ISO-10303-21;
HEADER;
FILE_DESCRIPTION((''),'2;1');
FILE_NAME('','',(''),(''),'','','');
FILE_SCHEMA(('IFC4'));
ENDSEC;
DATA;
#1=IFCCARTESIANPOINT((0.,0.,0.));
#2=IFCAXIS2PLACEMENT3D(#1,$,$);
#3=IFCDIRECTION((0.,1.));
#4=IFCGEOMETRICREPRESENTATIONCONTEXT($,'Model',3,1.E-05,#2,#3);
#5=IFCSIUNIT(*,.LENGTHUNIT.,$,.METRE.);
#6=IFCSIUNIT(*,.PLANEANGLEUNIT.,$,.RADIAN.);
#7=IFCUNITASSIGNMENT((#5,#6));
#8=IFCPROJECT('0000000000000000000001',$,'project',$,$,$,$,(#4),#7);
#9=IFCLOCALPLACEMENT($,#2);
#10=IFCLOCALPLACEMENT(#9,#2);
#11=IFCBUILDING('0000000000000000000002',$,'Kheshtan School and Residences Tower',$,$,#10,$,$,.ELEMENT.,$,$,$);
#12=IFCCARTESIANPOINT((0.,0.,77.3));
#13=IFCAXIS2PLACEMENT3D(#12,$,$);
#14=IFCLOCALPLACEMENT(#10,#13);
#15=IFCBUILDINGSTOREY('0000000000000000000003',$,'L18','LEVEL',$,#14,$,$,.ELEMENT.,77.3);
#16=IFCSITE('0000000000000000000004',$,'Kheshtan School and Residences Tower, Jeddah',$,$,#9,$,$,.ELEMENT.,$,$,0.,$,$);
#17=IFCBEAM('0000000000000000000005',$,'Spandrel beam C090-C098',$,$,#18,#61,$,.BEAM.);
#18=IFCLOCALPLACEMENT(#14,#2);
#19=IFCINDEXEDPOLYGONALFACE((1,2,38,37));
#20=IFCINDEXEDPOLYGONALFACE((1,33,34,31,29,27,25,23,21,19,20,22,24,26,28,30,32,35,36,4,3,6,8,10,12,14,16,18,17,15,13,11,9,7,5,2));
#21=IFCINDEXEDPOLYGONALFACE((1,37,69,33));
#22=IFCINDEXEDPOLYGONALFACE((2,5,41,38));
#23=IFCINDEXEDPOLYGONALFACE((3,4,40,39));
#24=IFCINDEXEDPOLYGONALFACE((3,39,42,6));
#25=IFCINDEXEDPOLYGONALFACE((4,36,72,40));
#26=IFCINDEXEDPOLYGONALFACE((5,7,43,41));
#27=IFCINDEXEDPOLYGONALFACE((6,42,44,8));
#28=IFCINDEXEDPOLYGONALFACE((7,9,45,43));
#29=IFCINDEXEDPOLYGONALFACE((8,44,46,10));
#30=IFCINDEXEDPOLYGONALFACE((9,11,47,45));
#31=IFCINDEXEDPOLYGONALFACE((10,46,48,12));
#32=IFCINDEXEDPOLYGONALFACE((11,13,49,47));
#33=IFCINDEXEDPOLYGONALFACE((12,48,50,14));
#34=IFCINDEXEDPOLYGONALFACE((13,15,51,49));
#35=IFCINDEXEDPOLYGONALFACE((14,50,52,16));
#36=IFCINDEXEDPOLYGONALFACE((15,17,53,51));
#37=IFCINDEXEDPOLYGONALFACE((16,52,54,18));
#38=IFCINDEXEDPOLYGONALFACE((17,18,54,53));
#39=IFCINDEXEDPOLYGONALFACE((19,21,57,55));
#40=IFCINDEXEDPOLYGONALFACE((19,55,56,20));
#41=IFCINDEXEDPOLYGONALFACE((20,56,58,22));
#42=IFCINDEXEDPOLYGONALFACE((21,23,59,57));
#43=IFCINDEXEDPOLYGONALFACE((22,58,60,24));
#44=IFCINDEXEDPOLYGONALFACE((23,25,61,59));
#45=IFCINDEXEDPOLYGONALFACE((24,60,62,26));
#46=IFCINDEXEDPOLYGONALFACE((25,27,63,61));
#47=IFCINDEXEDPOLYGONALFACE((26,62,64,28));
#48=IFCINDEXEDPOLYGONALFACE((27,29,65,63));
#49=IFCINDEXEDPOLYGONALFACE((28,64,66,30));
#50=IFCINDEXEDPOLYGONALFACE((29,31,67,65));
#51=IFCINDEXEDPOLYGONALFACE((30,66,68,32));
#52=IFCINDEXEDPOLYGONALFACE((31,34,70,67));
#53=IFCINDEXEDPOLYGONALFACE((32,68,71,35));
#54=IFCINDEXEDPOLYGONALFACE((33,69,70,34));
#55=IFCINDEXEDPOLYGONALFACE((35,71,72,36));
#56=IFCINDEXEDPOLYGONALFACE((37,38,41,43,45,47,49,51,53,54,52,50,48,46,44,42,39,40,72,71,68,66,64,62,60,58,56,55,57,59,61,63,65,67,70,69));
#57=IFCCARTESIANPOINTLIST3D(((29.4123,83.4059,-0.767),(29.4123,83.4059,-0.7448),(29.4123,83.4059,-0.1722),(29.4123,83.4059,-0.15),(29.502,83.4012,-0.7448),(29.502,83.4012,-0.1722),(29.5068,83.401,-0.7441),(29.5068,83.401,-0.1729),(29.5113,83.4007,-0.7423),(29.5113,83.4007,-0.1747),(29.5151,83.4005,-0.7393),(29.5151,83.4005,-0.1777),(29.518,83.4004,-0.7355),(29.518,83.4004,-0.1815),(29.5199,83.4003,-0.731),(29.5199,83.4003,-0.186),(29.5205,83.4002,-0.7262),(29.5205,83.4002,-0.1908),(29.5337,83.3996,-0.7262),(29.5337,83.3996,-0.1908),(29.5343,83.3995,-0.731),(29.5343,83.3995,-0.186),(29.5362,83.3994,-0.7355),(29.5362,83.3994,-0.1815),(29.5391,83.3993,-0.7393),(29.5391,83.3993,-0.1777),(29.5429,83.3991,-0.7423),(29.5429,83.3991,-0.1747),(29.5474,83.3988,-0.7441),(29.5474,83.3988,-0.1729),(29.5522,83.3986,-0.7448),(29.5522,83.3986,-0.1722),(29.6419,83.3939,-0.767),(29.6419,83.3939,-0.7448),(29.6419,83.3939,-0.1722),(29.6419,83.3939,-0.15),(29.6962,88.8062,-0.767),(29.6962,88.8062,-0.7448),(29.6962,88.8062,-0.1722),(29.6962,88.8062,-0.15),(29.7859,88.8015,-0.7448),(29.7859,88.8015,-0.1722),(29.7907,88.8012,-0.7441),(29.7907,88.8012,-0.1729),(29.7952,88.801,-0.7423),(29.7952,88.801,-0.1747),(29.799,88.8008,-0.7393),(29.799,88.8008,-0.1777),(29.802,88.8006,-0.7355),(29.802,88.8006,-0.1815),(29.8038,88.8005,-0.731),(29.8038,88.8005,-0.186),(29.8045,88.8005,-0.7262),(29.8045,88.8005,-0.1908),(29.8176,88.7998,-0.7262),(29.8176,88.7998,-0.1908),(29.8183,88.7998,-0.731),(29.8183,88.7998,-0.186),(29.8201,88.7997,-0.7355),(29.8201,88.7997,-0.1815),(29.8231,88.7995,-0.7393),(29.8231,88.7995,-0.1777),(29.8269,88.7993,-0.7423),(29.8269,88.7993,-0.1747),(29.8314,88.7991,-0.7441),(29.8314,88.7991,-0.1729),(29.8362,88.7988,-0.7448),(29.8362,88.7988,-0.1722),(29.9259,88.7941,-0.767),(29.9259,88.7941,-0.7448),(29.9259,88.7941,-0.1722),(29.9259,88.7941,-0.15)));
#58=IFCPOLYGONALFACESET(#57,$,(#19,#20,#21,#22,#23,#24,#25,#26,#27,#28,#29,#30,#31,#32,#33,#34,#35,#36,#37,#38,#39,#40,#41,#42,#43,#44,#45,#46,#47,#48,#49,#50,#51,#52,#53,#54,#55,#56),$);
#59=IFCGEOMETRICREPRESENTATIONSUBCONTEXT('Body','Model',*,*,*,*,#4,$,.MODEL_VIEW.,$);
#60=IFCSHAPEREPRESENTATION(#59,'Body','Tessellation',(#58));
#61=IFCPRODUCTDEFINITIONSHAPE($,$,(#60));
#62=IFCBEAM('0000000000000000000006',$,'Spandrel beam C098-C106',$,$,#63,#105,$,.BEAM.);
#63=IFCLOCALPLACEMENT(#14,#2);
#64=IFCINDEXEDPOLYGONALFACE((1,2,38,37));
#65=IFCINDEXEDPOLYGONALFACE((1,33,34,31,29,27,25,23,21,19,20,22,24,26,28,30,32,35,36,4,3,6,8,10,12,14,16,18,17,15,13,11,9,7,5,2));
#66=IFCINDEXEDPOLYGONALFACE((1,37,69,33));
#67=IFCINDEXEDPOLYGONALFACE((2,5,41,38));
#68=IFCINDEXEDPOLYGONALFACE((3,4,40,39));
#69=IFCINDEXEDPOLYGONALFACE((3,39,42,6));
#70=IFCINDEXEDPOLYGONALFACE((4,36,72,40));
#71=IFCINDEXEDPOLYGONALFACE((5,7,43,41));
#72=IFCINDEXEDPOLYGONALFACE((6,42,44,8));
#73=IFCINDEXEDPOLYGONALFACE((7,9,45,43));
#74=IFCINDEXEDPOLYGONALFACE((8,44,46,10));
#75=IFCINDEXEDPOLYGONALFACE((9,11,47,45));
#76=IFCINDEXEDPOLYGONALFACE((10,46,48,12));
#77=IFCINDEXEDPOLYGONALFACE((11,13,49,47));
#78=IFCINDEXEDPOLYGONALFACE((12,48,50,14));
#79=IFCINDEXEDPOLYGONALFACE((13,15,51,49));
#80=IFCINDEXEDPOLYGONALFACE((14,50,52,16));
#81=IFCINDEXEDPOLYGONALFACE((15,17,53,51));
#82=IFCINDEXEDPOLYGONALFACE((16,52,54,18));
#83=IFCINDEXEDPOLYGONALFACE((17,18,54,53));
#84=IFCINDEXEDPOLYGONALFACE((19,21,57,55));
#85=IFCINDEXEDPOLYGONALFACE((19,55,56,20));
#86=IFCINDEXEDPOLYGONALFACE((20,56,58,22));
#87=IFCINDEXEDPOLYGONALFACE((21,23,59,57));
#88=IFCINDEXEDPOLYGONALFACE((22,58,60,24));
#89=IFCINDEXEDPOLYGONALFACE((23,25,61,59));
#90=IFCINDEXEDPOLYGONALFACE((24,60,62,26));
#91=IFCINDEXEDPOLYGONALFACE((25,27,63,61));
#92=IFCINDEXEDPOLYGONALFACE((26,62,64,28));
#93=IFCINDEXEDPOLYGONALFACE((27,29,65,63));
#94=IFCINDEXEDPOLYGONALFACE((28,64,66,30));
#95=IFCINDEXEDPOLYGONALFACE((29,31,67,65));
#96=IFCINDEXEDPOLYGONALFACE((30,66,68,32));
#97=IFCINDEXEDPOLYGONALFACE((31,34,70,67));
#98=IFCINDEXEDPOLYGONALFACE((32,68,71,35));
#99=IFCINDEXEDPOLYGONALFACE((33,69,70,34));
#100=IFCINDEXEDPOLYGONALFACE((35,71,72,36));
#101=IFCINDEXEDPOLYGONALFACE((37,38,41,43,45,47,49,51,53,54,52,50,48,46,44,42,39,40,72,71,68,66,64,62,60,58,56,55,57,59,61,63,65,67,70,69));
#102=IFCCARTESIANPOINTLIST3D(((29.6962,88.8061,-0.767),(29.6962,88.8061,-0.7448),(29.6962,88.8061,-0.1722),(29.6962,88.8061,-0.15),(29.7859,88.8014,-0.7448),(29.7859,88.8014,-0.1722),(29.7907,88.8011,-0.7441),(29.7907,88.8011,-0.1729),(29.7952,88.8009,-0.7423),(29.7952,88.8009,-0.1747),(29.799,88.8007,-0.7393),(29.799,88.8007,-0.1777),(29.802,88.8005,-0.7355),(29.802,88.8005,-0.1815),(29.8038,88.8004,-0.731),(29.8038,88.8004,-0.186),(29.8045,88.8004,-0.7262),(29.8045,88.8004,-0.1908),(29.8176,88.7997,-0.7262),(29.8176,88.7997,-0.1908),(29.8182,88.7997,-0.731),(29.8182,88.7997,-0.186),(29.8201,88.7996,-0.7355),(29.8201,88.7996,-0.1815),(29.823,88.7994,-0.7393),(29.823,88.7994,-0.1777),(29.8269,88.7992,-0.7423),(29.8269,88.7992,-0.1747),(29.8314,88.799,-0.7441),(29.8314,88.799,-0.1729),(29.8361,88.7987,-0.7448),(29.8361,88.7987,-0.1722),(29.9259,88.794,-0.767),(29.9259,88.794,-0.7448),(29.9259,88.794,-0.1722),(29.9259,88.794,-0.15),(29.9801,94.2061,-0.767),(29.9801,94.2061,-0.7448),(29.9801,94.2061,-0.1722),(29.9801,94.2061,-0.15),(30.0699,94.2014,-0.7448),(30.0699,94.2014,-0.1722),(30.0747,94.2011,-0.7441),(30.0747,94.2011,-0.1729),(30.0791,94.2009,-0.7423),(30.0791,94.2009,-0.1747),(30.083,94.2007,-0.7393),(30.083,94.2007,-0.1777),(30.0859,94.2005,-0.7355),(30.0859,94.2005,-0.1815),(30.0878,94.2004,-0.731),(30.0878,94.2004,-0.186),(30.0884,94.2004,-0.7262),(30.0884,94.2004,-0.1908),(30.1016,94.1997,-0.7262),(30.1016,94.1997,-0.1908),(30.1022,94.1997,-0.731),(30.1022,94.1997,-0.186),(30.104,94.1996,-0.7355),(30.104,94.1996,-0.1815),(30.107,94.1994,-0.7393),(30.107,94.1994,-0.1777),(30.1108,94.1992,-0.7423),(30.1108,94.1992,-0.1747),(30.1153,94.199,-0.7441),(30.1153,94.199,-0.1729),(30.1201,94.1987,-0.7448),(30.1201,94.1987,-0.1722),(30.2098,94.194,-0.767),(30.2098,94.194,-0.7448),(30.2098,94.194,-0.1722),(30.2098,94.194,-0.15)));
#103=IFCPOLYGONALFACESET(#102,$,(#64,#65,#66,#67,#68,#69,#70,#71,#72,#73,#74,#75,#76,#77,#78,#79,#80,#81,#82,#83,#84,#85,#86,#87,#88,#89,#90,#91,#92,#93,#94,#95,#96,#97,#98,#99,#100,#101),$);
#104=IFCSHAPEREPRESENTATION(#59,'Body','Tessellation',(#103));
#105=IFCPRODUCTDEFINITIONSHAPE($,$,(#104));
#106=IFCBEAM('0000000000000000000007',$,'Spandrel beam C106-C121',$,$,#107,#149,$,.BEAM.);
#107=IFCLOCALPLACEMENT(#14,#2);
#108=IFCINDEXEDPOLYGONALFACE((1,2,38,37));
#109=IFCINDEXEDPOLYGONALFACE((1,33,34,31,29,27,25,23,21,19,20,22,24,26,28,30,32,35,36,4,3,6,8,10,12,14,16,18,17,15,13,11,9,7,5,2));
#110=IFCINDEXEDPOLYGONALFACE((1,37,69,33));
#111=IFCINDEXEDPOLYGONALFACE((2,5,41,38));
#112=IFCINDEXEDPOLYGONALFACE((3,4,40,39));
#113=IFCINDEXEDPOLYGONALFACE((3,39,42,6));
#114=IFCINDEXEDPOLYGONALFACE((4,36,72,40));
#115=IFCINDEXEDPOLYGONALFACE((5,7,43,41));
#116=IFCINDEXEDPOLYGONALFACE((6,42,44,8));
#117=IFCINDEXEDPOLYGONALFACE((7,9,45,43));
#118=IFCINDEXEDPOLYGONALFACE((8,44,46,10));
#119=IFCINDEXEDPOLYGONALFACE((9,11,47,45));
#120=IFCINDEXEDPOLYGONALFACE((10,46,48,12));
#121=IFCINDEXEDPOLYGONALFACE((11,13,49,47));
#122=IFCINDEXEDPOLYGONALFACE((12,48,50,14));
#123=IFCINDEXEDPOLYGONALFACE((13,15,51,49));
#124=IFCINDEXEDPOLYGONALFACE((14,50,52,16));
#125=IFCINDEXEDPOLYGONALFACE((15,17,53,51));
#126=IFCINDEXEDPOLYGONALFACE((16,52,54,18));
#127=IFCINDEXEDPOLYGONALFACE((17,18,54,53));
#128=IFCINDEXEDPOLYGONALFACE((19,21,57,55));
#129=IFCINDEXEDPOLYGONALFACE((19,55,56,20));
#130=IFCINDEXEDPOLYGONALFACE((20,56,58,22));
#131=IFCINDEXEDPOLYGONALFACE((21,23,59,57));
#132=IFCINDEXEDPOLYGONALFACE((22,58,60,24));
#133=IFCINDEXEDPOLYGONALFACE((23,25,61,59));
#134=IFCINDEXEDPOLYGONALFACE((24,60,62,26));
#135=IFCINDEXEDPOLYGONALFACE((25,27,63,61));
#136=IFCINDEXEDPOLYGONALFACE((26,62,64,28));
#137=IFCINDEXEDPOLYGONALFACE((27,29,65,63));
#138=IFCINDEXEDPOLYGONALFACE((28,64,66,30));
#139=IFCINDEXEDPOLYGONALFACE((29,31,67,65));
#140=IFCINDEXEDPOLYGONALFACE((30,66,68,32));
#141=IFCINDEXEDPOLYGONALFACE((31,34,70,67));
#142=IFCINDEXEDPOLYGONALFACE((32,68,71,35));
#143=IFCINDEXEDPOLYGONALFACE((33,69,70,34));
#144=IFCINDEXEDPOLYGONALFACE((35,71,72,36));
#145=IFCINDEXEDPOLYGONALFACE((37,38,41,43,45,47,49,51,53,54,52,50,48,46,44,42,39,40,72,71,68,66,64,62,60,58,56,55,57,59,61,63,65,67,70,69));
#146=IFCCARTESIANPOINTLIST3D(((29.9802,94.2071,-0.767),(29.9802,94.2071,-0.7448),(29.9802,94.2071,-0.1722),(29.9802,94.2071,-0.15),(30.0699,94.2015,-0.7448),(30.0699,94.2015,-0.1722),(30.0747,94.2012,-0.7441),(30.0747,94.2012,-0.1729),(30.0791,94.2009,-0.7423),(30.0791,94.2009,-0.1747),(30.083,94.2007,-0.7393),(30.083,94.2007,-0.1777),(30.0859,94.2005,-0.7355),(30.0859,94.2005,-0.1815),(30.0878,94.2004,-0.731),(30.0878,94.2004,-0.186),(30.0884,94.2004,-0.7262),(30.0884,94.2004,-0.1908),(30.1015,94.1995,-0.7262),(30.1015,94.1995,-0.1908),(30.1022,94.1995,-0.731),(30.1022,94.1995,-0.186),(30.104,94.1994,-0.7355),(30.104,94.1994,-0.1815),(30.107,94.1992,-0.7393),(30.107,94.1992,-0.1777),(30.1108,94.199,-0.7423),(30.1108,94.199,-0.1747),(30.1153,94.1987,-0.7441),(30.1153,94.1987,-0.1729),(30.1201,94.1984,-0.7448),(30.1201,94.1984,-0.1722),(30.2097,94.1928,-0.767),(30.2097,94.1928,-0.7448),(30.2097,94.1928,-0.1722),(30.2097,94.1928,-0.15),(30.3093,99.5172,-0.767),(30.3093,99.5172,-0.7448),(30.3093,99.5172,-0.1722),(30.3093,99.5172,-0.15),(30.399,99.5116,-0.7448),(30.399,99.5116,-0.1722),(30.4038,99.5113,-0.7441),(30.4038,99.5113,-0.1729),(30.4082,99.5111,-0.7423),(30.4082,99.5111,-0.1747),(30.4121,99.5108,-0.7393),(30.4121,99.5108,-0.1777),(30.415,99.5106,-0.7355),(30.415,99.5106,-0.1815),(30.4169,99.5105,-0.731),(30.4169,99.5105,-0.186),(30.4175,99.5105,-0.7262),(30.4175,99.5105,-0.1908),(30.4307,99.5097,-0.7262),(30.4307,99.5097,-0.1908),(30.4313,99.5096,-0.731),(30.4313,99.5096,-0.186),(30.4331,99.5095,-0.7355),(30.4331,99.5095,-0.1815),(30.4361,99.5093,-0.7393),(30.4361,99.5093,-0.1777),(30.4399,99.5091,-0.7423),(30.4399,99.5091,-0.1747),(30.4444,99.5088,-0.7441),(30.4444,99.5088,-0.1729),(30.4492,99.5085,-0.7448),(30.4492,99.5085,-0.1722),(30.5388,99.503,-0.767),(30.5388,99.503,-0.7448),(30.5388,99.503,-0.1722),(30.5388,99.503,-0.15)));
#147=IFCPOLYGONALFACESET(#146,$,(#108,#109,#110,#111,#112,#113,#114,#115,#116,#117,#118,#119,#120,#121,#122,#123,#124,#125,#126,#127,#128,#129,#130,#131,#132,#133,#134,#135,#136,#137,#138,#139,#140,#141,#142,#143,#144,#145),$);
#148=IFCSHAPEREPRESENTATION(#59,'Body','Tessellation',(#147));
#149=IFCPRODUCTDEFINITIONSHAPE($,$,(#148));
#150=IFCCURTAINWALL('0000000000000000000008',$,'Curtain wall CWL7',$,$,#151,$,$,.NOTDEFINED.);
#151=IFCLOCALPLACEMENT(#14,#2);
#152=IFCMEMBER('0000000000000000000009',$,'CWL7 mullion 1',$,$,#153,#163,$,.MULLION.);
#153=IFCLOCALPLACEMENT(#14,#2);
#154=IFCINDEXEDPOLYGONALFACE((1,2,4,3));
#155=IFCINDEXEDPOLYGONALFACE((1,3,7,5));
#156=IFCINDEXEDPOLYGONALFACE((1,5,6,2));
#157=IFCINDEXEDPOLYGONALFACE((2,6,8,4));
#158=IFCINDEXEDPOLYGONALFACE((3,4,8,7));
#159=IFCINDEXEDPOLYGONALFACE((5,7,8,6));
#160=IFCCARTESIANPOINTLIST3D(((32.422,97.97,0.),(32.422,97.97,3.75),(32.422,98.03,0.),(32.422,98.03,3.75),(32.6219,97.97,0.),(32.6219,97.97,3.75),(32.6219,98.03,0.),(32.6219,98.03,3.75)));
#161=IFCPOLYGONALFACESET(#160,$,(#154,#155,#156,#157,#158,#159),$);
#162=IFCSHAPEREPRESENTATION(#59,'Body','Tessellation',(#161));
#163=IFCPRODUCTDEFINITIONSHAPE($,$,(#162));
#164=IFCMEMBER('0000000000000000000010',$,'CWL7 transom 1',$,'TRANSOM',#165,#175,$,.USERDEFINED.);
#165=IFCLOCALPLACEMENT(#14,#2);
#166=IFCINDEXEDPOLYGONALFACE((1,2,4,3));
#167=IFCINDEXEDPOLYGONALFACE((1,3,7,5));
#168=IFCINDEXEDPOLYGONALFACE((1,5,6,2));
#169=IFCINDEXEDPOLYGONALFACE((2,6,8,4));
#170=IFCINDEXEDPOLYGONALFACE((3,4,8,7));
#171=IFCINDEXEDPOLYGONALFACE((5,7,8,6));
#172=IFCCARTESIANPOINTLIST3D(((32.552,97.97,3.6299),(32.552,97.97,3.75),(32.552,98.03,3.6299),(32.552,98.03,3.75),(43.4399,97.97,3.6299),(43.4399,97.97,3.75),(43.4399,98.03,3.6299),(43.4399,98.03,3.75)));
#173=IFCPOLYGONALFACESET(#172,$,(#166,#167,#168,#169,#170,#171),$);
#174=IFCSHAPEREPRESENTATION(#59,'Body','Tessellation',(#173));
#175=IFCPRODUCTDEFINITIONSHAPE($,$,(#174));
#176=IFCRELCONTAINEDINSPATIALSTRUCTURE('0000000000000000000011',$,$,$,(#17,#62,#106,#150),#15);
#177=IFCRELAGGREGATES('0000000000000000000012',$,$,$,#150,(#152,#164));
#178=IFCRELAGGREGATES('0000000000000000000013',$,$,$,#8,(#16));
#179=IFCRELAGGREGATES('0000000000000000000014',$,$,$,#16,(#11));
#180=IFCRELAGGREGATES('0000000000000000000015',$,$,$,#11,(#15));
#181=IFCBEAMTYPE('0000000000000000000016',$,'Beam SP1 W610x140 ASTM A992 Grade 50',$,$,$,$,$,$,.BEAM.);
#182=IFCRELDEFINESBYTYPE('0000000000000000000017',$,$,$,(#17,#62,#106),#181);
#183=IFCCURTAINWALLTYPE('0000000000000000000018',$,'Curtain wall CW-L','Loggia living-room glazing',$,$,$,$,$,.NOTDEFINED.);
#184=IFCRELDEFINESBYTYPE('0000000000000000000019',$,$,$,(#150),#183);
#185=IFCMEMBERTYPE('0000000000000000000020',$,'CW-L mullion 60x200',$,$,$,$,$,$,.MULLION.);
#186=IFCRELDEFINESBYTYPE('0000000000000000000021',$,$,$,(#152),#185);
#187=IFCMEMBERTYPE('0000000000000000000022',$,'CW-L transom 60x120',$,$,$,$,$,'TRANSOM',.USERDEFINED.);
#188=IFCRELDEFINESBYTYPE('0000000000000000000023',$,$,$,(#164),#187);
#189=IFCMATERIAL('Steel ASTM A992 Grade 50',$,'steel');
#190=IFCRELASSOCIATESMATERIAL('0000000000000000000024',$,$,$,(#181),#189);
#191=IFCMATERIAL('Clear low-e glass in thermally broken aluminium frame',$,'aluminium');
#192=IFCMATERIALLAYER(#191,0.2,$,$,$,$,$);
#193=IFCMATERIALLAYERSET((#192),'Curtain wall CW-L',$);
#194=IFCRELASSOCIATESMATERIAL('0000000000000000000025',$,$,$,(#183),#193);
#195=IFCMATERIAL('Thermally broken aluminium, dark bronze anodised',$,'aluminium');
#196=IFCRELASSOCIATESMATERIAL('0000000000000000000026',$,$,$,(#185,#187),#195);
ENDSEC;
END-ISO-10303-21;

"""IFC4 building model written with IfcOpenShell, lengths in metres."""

from ifc_helpers import new_model, si_unit, direction, frame, origin, origin_2d, place, context, subcontext, project, spatial, rectangle, i_section, extrude, material, layer, layer_set, material_profile, profile_set, type_object, element, aggregate, save


model = new_model("IFC4")

# Units and contexts
model_context = context("Model", 3, precision=1e-05, world=origin(), true_north=direction((0.0, 1.0)))
body_context = subcontext(model_context, "Body", "Model", "MODEL_VIEW")
ifc_project = project(units=[si_unit("LENGTHUNIT", "METRE"), si_unit("PLANEANGLEUNIT", "RADIAN")], contexts=[model_context])

# Site, building, storey
site_placement = place(None, origin())
site = spatial("IfcSite", under=ifc_project, at=site_placement, Name="Kheshtan School and Residences Tower, Jeddah", CompositionType="ELEMENT", RefElevation=0.0)
building_placement = place(site_placement, origin())
building = spatial("IfcBuilding", under=site, at=building_placement, Name="Kheshtan School and Residences Tower", CompositionType="ELEMENT")
storey_placement = place(building_placement, frame((0.0, 0.0, 77.3)))
storey = spatial("IfcBuildingStorey", under=building, at=storey_placement, Name="L18", Description="LEVEL", CompositionType="ELEMENT", Elevation=77.3)

# Shared definitions
ifc_material_1 = material(Name="Steel ASTM A992 Grade 50", Category="steel")

# Beams
ifc_material_profile_1 = material_profile(ifc_material_1, i_section(OverallWidth=0.23, OverallDepth=0.6169, WebThickness=0.0132, FlangeThickness=0.0222, FilletRadius=0.0186, at=origin_2d()), Name="W610x140")
ifc_profile_set_1 = profile_set([ifc_material_profile_1], Name="Steel ASTM A992 Grade 50")
beam_type_1 = type_object("IfcBeamType", Name="Beam SP1 W610x140 ASTM A992 Grade 50", PredefinedType="BEAM", material=ifc_profile_set_1)
beam_1_placement = place(storey_placement, frame((29.5271, 83.3999, -0.4585), z_axis=(0.052507, 0.998621, 0.0), x_axis=(-0.998621, 0.052507, 0.0)))
element("IfcBeam", 1, at=beam_1_placement, inside=storey, type_object=beam_type_1, Name="Spandrel beam C090-C098", PredefinedType="BEAM", context=body_context, shape_type="SweptSolid", body=[
    extrude(i_section(OverallWidth=0.23, OverallDepth=0.6169, WebThickness=0.0132, FlangeThickness=0.0222, FilletRadius=0.0186, at=origin_2d()), origin(), (0.0, 0.0, 1.0), 5.4077),
])
beam_2_placement = place(storey_placement, frame((29.811, 88.8, -0.4585), z_axis=(0.052509, 0.99862, 0.0), x_axis=(-0.99862, 0.052509, 0.0)))
element("IfcBeam", 2, at=beam_2_placement, inside=storey, type_object=beam_type_1, Name="Spandrel beam C098-C106", PredefinedType="BEAM", context=body_context, shape_type="SweptSolid", body=[
    extrude(i_section(OverallWidth=0.23, OverallDepth=0.6169, WebThickness=0.0132, FlangeThickness=0.0222, FilletRadius=0.0186, at=origin_2d()), origin(), (0.0, 0.0, 1.0), 5.4075),
])
beam_3_placement = place(storey_placement, frame((30.095, 94.2, -0.4585), z_axis=(0.061858, 0.998085, 0.0), x_axis=(-0.998085, 0.061858, 0.0)))
element("IfcBeam", 3, at=beam_3_placement, inside=storey, type_object=beam_type_1, Name="Spandrel beam C106-C121", PredefinedType="BEAM", context=body_context, shape_type="SweptSolid", body=[
    extrude(i_section(OverallWidth=0.23, OverallDepth=0.6169, WebThickness=0.0132, FlangeThickness=0.0222, FilletRadius=0.0186, at=origin_2d()), origin(), (0.0, 0.0, 1.0), 5.3203),
])

# Curtain wall, members
ifc_material_2 = material(Name="Clear low-e glass in thermally broken aluminium frame", Category="aluminium")
ifc_layer_1 = layer(ifc_material_2, 0.2)
ifc_layer_set_1 = layer_set([ifc_layer_1], Name="Curtain wall CW-L")
curtain_wall_type = type_object("IfcCurtainWallType", Name="Curtain wall CW-L", Description="Loggia living-room glazing", PredefinedType="NOTDEFINED", material=ifc_layer_set_1)
curtain_wall_placement = place(storey_placement, origin())
curtain_wall = element("IfcCurtainWall", 4, at=curtain_wall_placement, inside=storey, type_object=curtain_wall_type, Name="Curtain wall CWL7", PredefinedType="NOTDEFINED")
ifc_material_3 = material(Name="Thermally broken aluminium, dark bronze anodised", Category="aluminium")
ifc_material_profile_2 = material_profile(ifc_material_3, rectangle(XDim=0.0601, YDim=0.2, at=origin_2d()), Name="CW-L mullion 60x200")
ifc_profile_set_2 = profile_set([ifc_material_profile_2], Name="Thermally broken aluminium, dark bronze anodised")
member_type_1 = type_object("IfcMemberType", Name="CW-L mullion 60x200", PredefinedType="MULLION", material=ifc_profile_set_2)
member_1_placement = place(storey_placement, frame((32.522, 98.0, 0.0), z_axis=(0.0, 0.0, 1.0), x_axis=(0.0, 1.0, 0.0)))
member_1 = element("IfcMember", 5, at=member_1_placement, type_object=member_type_1, Name="CWL7 mullion 1", PredefinedType="MULLION", context=body_context, shape_type="SweptSolid", body=[
    extrude(rectangle(XDim=0.0601, YDim=0.2, at=origin_2d()), origin(), (0.0, 0.0, 1.0), 3.75),
])
ifc_material_profile_3 = material_profile(ifc_material_3, rectangle(XDim=0.0601, YDim=0.1201, at=origin_2d()), Name="CW-L transom 60x120")
ifc_profile_set_3 = profile_set([ifc_material_profile_3], Name="Thermally broken aluminium, dark bronze anodised")
member_type_2 = type_object("IfcMemberType", Name="CW-L transom 60x120", ElementType="TRANSOM", PredefinedType="USERDEFINED", material=ifc_profile_set_3)
member_2_placement = place(storey_placement, frame((32.552, 98.0, 3.6899), z_axis=(1.0, 0.0, 0.0), x_axis=(0.0, 1.0, 0.0)))
member_2 = element("IfcMember", 6, at=member_2_placement, type_object=member_type_2, Name="CWL7 transom 1", ObjectType="TRANSOM", PredefinedType="USERDEFINED", context=body_context, shape_type="SweptSolid", body=[
    extrude(rectangle(XDim=0.0601, YDim=0.1201, at=origin_2d()), origin(), (0.0, 0.0, 1.0), 10.8879),
])

aggregate(curtain_wall, [member_1, member_2])

save(model, "model.ifc")
